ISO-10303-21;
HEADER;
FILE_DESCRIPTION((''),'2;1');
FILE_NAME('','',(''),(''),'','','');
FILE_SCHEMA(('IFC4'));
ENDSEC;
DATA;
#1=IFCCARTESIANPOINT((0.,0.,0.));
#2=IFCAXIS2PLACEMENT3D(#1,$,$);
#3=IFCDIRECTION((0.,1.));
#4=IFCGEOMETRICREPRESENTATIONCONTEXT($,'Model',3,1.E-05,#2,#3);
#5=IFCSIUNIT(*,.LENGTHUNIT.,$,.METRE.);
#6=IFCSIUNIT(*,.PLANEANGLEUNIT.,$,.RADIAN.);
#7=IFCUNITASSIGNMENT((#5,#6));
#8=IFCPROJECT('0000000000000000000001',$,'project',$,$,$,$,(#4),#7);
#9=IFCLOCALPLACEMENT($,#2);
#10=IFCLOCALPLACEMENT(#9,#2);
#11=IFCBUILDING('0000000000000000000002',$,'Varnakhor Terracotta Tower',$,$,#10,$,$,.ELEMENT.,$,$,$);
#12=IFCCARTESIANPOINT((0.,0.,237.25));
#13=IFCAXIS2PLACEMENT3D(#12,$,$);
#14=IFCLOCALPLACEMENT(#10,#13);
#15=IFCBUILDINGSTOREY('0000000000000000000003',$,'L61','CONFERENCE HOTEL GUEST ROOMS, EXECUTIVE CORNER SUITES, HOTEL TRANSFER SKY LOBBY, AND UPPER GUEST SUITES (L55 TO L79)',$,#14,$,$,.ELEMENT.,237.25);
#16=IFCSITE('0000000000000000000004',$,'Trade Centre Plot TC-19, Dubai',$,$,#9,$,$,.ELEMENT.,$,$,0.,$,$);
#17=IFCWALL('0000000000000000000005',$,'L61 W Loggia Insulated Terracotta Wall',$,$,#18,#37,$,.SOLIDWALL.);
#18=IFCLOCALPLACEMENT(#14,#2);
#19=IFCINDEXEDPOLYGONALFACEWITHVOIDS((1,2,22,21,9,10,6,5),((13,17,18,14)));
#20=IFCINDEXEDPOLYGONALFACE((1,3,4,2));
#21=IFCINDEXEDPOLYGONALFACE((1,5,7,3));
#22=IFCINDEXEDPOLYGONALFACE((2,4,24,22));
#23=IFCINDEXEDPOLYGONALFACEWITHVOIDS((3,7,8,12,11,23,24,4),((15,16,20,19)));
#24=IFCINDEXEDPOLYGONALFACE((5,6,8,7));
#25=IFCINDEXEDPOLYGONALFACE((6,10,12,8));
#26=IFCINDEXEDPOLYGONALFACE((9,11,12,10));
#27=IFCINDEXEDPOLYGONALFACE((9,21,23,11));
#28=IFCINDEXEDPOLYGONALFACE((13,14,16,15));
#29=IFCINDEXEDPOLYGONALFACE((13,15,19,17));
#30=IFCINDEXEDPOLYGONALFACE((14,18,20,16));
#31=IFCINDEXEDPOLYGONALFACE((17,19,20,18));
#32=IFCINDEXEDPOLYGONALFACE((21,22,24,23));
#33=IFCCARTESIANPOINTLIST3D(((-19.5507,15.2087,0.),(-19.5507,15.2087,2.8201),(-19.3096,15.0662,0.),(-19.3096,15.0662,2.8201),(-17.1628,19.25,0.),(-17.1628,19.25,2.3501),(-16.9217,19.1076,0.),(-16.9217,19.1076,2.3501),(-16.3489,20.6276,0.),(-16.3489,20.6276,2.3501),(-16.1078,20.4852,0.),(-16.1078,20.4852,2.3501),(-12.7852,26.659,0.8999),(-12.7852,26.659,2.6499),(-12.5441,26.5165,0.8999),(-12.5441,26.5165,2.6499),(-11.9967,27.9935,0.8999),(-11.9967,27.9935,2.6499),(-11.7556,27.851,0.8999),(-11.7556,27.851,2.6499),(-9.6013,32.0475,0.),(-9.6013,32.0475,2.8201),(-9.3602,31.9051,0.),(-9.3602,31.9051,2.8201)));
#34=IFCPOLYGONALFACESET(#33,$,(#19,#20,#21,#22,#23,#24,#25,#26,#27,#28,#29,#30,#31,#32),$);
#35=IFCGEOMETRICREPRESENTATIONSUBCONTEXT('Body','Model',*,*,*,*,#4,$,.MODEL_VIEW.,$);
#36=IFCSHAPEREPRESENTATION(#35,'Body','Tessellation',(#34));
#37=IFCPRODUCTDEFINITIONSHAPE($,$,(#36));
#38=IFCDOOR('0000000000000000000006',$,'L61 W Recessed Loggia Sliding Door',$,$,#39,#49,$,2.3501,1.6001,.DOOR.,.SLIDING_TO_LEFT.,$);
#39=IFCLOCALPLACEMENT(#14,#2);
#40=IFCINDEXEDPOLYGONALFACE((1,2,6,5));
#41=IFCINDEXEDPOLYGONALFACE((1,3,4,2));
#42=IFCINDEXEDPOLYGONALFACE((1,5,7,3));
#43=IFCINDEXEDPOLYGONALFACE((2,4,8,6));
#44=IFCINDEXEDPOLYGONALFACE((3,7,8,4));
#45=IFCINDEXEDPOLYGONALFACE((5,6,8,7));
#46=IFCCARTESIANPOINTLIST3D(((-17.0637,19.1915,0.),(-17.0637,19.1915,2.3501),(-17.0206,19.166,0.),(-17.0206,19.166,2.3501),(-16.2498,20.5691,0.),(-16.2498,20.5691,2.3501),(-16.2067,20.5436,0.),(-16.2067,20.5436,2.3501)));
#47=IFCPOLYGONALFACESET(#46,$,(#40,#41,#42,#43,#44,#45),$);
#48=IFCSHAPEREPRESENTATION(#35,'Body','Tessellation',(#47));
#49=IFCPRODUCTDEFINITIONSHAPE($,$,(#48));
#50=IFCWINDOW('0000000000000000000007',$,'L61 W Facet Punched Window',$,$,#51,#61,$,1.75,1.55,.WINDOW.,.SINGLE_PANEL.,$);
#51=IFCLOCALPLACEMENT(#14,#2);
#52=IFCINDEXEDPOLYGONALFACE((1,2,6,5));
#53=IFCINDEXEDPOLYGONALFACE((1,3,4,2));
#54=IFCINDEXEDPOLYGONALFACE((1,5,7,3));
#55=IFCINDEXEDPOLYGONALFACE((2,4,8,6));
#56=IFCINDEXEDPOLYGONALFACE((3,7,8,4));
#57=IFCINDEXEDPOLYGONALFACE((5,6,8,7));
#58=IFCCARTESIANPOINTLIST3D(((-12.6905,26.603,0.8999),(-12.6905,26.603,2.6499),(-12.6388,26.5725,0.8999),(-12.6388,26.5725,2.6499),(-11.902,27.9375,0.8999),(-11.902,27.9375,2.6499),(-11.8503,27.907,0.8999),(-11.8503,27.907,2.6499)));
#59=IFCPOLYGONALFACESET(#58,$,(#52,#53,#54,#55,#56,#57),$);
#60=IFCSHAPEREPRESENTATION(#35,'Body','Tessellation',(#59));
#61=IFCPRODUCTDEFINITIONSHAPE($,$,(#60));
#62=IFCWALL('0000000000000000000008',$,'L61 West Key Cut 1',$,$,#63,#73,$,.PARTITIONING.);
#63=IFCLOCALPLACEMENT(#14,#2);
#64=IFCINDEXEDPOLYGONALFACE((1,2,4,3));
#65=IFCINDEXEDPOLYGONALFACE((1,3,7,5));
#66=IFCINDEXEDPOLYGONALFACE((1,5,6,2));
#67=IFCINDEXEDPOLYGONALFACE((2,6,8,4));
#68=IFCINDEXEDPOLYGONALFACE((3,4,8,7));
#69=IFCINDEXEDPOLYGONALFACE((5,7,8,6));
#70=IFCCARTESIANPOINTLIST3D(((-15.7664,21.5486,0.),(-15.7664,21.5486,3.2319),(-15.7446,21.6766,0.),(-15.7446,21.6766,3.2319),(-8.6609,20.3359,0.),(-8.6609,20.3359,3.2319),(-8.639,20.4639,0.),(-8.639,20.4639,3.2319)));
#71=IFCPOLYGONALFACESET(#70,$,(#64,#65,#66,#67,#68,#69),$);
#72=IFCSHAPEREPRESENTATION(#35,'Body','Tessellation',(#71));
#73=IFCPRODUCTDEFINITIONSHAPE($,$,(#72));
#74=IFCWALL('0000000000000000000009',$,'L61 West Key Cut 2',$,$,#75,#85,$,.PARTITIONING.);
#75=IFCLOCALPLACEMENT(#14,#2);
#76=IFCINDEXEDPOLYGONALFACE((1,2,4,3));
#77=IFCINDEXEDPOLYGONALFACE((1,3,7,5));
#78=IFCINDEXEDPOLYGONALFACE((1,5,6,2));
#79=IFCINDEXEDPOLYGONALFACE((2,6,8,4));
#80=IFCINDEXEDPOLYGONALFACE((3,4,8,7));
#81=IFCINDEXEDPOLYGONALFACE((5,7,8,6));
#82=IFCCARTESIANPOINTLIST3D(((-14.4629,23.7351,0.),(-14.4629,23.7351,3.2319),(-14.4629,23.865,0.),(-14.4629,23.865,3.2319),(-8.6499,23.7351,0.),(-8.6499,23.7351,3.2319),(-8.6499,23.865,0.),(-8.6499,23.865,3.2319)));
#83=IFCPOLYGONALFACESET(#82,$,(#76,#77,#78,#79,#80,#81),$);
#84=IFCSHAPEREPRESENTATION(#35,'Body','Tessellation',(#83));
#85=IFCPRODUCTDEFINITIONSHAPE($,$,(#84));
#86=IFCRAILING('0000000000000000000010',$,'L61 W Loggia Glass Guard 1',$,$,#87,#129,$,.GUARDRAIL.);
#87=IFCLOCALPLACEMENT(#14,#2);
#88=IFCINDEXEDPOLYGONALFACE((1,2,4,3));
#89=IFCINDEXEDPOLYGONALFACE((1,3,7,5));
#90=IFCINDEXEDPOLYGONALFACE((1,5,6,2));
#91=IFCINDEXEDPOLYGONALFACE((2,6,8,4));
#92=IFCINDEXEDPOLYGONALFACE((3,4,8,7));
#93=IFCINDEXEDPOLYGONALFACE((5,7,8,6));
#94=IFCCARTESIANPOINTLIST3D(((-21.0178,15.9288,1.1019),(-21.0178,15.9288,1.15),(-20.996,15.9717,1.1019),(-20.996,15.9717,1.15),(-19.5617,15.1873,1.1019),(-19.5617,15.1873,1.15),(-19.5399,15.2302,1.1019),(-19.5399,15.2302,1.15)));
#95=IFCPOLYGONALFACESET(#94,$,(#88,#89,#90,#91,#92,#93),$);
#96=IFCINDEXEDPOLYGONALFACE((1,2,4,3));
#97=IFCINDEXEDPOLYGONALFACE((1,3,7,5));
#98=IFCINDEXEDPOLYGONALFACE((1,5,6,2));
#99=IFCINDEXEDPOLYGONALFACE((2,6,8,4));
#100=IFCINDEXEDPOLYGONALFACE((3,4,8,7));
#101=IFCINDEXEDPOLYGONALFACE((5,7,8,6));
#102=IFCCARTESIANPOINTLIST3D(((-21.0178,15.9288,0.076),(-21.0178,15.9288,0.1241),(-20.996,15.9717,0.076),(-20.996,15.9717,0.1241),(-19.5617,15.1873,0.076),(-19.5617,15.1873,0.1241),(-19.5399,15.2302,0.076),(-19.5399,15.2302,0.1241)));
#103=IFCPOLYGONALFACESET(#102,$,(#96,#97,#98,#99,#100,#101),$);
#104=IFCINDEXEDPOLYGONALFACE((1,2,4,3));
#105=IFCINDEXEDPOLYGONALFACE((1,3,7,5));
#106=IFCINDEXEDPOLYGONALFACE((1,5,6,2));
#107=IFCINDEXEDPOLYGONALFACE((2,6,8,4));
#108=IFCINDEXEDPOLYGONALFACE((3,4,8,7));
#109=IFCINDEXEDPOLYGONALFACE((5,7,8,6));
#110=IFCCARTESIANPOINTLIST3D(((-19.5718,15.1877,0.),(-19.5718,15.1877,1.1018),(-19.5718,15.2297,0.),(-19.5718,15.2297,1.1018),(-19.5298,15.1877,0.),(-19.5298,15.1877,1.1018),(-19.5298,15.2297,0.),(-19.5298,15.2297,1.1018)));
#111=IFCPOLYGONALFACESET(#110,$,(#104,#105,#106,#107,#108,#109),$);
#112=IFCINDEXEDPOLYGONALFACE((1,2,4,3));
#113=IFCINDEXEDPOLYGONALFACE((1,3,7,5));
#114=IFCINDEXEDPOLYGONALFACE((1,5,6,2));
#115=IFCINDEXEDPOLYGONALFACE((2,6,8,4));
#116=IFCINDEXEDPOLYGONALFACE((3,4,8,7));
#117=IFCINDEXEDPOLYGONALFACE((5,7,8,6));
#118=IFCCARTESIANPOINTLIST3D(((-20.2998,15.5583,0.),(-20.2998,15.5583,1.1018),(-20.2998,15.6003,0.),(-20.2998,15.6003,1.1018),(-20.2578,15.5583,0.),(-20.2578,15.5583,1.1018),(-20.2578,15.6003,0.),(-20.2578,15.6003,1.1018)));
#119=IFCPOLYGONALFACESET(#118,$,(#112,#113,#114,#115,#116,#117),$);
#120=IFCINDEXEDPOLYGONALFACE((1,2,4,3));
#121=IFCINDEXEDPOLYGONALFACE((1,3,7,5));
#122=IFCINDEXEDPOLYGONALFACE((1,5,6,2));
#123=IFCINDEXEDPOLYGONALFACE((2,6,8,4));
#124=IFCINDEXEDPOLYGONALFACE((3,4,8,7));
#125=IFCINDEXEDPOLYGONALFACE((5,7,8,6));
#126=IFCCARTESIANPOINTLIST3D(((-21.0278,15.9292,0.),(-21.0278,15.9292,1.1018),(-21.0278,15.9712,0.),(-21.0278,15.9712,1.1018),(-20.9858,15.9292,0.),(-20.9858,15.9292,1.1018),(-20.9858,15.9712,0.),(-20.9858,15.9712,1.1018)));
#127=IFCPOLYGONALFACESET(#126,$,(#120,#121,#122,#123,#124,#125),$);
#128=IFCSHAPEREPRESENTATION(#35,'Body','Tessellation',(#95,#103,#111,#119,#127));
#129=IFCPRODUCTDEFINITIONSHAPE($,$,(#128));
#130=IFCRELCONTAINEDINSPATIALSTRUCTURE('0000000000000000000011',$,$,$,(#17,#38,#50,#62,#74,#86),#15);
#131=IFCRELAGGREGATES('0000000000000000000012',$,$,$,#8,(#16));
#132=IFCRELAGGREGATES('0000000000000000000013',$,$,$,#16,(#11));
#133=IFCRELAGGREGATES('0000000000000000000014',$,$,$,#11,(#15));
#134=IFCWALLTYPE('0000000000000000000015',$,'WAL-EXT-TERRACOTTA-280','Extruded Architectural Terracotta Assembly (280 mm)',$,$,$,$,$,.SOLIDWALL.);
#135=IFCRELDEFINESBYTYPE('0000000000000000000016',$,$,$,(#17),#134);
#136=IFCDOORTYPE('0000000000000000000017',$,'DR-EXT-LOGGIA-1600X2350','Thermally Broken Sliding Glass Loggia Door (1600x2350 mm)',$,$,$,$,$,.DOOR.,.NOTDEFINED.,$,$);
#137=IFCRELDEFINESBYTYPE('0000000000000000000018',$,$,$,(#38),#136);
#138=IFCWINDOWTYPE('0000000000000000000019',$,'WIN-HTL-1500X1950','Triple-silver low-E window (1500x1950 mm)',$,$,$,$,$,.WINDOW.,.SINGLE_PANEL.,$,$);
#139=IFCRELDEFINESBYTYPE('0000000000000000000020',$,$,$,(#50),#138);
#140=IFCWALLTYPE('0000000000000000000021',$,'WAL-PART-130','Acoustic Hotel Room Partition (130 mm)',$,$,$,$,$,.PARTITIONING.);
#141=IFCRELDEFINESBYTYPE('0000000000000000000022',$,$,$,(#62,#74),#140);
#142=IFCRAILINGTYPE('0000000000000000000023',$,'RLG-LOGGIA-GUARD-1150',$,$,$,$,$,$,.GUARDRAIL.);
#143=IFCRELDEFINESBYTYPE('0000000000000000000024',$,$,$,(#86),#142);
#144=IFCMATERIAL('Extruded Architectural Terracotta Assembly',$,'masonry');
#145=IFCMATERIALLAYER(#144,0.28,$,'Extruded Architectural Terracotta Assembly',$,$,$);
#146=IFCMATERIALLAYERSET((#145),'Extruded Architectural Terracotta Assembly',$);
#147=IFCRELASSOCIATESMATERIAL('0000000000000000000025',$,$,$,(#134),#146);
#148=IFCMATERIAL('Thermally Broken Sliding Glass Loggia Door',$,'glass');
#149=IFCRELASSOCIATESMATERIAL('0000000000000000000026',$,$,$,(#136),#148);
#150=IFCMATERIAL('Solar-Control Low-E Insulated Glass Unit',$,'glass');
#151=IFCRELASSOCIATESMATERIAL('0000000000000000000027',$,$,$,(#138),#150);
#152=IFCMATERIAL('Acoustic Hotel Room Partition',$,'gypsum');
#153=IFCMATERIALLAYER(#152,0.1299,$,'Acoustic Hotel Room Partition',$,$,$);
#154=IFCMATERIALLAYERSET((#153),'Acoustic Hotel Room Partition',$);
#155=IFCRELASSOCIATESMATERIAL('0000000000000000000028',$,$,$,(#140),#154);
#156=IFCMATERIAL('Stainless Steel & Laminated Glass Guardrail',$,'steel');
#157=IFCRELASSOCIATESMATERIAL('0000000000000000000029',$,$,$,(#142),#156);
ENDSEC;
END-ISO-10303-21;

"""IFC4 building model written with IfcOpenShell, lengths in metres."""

from ifc_helpers import new_model, si_unit, direction, frame, frame_2d, origin, origin_2d, place, context, subcontext, project, spatial, rectangle, extrude, source, transform, mapped, material, layer, layer_set, type_object, type_shapes, element, fill, save


model = new_model("IFC4")

# Units and contexts
model_context = context("Model", 3, precision=1e-05, world=origin(), true_north=direction((0.0, 1.0)))
body_context = subcontext(model_context, "Body", "Model", "MODEL_VIEW")
ifc_project = project(units=[si_unit("LENGTHUNIT", "METRE"), si_unit("PLANEANGLEUNIT", "RADIAN")], contexts=[model_context])

# Site, building, storey
site_placement = place(None, origin())
site = spatial("IfcSite", under=ifc_project, at=site_placement, Name="Trade Centre Plot TC-19, Dubai", CompositionType="ELEMENT", RefElevation=0.0)
building_placement = place(site_placement, origin())
building = spatial("IfcBuilding", under=site, at=building_placement, Name="Varnakhor Terracotta Tower", CompositionType="ELEMENT")
storey_placement = place(building_placement, frame((0.0, 0.0, 237.25)))
storey = spatial("IfcBuildingStorey", under=building, at=storey_placement, Name="L61", Description="CONFERENCE HOTEL GUEST ROOMS, EXECUTIVE CORNER SUITES, HOTEL TRANSFER SKY LOBBY, AND UPPER GUEST SUITES (L55 TO L79)", CompositionType="ELEMENT", Elevation=237.25)

# Wall, openings, door, window
ifc_material_1 = material(Name="Extruded Architectural Terracotta Assembly", Category="masonry")
ifc_layer_1 = layer(ifc_material_1, 0.28, Name="Extruded Architectural Terracotta Assembly")
ifc_layer_set_1 = layer_set([ifc_layer_1], Name="Extruded Architectural Terracotta Assembly")
wall_type_1 = type_object("IfcWallType", Name="WAL-EXT-TERRACOTTA-280", Description="Extruded Architectural Terracotta Assembly (280 mm)", PredefinedType="SOLIDWALL", material=ifc_layer_set_1)
wall_1_placement = place(storey_placement, frame((-19.4302, 15.1375, 0.0), z_axis=(0.0, 0.0, 1.0), x_axis=(0.5087, 0.860944, 0.0)))
wall_1 = element("IfcWall", 1, at=wall_1_placement, inside=storey, type_object=wall_type_1, Name="L61 W Loggia Insulated Terracotta Wall", PredefinedType="SOLIDWALL", context=body_context, shape_type="SweptSolid", body=[
    extrude(rectangle(XDim=19.5586, YDim=0.28, at=frame_2d((9.7793, 0.0))), origin(), (0.0, 0.0, 1.0), 2.8201),
])
opening_1_placement = place(wall_1_placement, frame((4.6941, 0.0, 0.0)))
opening_1 = element("IfcOpeningElement", 2, at=opening_1_placement, cuts=wall_1, PredefinedType="OPENING", context=body_context, shape_type="SweptSolid", body=[
    extrude(rectangle(XDim=1.6001, YDim=2.3501, at=frame_2d((0.8, 1.175))), frame((0.0, 0.1499, 0.0), z_axis=(0.0, -1.0, 0.0), x_axis=(1.0, 0.0, 0.0)), (0.0, 0.0, 1.0), 0.3),
])
opening_2_placement = place(wall_1_placement, frame((13.2998, 0.0, 0.8999)))
opening_2 = element("IfcOpeningElement", 3, at=opening_2_placement, cuts=wall_1, PredefinedType="OPENING", context=body_context, shape_type="SweptSolid", body=[
    extrude(rectangle(XDim=1.55, YDim=1.75, at=frame_2d((0.7749, 0.875))), frame((0.0, 0.1499, 0.0), z_axis=(0.0, -1.0, 0.0), x_axis=(1.0, 0.0, 0.0)), (0.0, 0.0, 1.0), 0.3),
])
ifc_material_2 = material(Name="Thermally Broken Sliding Glass Loggia Door", Category="glass")
door_type_1 = type_object("IfcDoorType", Name="DR-EXT-LOGGIA-1600X2350", Description="Thermally Broken Sliding Glass Loggia Door (1600x2350 mm)", OperationType="NOTDEFINED", PredefinedType="DOOR", material=ifc_material_2)
shared_shape_1 = source(origin(), body_context, "Body", "SweptSolid", [
    extrude(rectangle(XDim=1.6001, YDim=2.3501, at=frame_2d((0.8, 1.175))), frame((0.0, 0.0249, 0.0), z_axis=(0.0, -1.0, 0.0), x_axis=(1.0, 0.0, 0.0)), (0.0, 0.0, 1.0), 0.05),
])
type_shapes(door_type_1, [shared_shape_1])
door_1_placement = place(opening_1_placement, origin())
door_1 = element("IfcDoor", 4, at=door_1_placement, inside=storey, type_object=door_type_1, Name="L61 W Recessed Loggia Sliding Door", OperationType="SLIDING_TO_LEFT", OverallHeight=2.3501, OverallWidth=1.6001, PredefinedType="DOOR", context=body_context, shape_type="MappedRepresentation", body=[
    mapped(shared_shape_1, transform((0.0, 0.0, 0.0), scale=1.0)),
])
fill(opening_1, door_1)
ifc_material_3 = material(Name="Solar-Control Low-E Insulated Glass Unit", Category="glass")
window_type = type_object("IfcWindowType", Name="WIN-HTL-1500X1950", Description="Triple-silver low-E window (1500x1950 mm)", PartitioningType="SINGLE_PANEL", PredefinedType="WINDOW", material=ifc_material_3)
shared_shape_2 = source(origin(), body_context, "Body", "SweptSolid", [
    extrude(rectangle(XDim=1.55, YDim=1.75, at=frame_2d((0.7749, 0.875))), frame((0.0, 0.03, 0.0), z_axis=(0.0, -1.0, 0.0), x_axis=(1.0, 0.0, 0.0)), (0.0, 0.0, 1.0), 0.0601),
])
type_shapes(window_type, [shared_shape_2])
window_placement = place(opening_2_placement, origin())
window = element("IfcWindow", 5, at=window_placement, inside=storey, type_object=window_type, Name="L61 W Facet Punched Window", OverallHeight=1.75, OverallWidth=1.55, PartitioningType="SINGLE_PANEL", PredefinedType="WINDOW", context=body_context, shape_type="MappedRepresentation", body=[
    mapped(shared_shape_2, transform((0.0, 0.0, 0.0), scale=1.0)),
])
fill(opening_2, window)

# Walls
ifc_material_4 = material(Name="Acoustic Hotel Room Partition", Category="gypsum")
ifc_layer_2 = layer(ifc_material_4, 0.1299, Name="Acoustic Hotel Room Partition")
ifc_layer_set_2 = layer_set([ifc_layer_2], Name="Acoustic Hotel Room Partition")
wall_type_2 = type_object("IfcWallType", Name="WAL-PART-130", Description="Acoustic Hotel Room Partition (130 mm)", PredefinedType="PARTITIONING", material=ifc_layer_set_2)
wall_2_placement = place(storey_placement, frame((-15.7554, 21.6125, 0.0), z_axis=(0.0, 0.0, 1.0), x_axis=(0.985748, -0.168231, 0.0)))
element("IfcWall", 6, at=wall_2_placement, inside=storey, type_object=wall_type_2, Name="L61 West Key Cut 1", PredefinedType="PARTITIONING", context=body_context, shape_type="SweptSolid", body=[
    extrude(rectangle(XDim=7.2083, YDim=0.1299, at=frame_2d((3.604, 0.0))), origin(), (0.0, 0.0, 1.0), 3.2319),
])
wall_3_placement = place(storey_placement, frame((-14.4629, 23.8, 0.0), z_axis=(0.0, 0.0, 1.0), x_axis=(1.0, 0.0, 0.0)))
element("IfcWall", 7, at=wall_3_placement, inside=storey, type_object=wall_type_2, Name="L61 West Key Cut 2", PredefinedType="PARTITIONING", context=body_context, shape_type="SweptSolid", body=[
    extrude(rectangle(XDim=5.813, YDim=0.1299, at=frame_2d((2.9065, 0.0))), origin(), (0.0, 0.0, 1.0), 3.2319),
])

# Railing
ifc_material_5 = material(Name="Stainless Steel & Laminated Glass Guardrail", Category="steel")
railing_type = type_object("IfcRailingType", Name="RLG-LOGGIA-GUARD-1150", PredefinedType="GUARDRAIL", material=ifc_material_5)
railing_1_placement = place(storey_placement, frame((-19.5508, 15.2087, 0.0)))
element("IfcRailing", 8, at=railing_1_placement, inside=storey, type_object=railing_type, Name="L61 W Loggia Glass Guard 1", PredefinedType="GUARDRAIL", context=body_context, shape_type="SweptSolid", body=[
    extrude(rectangle(XDim=0.0481, YDim=0.0481, at=origin_2d()), frame((0.0, 0.0, 1.126), z_axis=(-0.891116, 0.453776, 0.0), x_axis=(-0.453776, -0.891116, 0.0)), (0.0, 0.0, 1.0), 1.634),
    extrude(rectangle(XDim=0.0481, YDim=0.0481, at=origin_2d()), frame((0.0, 0.0, 0.1001), z_axis=(-0.891116, 0.453776, 0.0), x_axis=(-0.453776, -0.891116, 0.0)), (0.0, 0.0, 1.0), 1.634),
    extrude(rectangle(XDim=0.042, YDim=0.042, at=origin_2d()), origin(), (0.0, 0.0, 1.0), 1.1018),
    extrude(rectangle(XDim=0.042, YDim=0.042, at=origin_2d()), frame((-0.728, 0.3706, 0.0)), (0.0, 0.0, 1.0), 1.1018),
    extrude(rectangle(XDim=0.042, YDim=0.042, at=origin_2d()), frame((-1.4561, 0.7415, 0.0)), (0.0, 0.0, 1.0), 1.1018),
])

save(model, "model.ifc")
